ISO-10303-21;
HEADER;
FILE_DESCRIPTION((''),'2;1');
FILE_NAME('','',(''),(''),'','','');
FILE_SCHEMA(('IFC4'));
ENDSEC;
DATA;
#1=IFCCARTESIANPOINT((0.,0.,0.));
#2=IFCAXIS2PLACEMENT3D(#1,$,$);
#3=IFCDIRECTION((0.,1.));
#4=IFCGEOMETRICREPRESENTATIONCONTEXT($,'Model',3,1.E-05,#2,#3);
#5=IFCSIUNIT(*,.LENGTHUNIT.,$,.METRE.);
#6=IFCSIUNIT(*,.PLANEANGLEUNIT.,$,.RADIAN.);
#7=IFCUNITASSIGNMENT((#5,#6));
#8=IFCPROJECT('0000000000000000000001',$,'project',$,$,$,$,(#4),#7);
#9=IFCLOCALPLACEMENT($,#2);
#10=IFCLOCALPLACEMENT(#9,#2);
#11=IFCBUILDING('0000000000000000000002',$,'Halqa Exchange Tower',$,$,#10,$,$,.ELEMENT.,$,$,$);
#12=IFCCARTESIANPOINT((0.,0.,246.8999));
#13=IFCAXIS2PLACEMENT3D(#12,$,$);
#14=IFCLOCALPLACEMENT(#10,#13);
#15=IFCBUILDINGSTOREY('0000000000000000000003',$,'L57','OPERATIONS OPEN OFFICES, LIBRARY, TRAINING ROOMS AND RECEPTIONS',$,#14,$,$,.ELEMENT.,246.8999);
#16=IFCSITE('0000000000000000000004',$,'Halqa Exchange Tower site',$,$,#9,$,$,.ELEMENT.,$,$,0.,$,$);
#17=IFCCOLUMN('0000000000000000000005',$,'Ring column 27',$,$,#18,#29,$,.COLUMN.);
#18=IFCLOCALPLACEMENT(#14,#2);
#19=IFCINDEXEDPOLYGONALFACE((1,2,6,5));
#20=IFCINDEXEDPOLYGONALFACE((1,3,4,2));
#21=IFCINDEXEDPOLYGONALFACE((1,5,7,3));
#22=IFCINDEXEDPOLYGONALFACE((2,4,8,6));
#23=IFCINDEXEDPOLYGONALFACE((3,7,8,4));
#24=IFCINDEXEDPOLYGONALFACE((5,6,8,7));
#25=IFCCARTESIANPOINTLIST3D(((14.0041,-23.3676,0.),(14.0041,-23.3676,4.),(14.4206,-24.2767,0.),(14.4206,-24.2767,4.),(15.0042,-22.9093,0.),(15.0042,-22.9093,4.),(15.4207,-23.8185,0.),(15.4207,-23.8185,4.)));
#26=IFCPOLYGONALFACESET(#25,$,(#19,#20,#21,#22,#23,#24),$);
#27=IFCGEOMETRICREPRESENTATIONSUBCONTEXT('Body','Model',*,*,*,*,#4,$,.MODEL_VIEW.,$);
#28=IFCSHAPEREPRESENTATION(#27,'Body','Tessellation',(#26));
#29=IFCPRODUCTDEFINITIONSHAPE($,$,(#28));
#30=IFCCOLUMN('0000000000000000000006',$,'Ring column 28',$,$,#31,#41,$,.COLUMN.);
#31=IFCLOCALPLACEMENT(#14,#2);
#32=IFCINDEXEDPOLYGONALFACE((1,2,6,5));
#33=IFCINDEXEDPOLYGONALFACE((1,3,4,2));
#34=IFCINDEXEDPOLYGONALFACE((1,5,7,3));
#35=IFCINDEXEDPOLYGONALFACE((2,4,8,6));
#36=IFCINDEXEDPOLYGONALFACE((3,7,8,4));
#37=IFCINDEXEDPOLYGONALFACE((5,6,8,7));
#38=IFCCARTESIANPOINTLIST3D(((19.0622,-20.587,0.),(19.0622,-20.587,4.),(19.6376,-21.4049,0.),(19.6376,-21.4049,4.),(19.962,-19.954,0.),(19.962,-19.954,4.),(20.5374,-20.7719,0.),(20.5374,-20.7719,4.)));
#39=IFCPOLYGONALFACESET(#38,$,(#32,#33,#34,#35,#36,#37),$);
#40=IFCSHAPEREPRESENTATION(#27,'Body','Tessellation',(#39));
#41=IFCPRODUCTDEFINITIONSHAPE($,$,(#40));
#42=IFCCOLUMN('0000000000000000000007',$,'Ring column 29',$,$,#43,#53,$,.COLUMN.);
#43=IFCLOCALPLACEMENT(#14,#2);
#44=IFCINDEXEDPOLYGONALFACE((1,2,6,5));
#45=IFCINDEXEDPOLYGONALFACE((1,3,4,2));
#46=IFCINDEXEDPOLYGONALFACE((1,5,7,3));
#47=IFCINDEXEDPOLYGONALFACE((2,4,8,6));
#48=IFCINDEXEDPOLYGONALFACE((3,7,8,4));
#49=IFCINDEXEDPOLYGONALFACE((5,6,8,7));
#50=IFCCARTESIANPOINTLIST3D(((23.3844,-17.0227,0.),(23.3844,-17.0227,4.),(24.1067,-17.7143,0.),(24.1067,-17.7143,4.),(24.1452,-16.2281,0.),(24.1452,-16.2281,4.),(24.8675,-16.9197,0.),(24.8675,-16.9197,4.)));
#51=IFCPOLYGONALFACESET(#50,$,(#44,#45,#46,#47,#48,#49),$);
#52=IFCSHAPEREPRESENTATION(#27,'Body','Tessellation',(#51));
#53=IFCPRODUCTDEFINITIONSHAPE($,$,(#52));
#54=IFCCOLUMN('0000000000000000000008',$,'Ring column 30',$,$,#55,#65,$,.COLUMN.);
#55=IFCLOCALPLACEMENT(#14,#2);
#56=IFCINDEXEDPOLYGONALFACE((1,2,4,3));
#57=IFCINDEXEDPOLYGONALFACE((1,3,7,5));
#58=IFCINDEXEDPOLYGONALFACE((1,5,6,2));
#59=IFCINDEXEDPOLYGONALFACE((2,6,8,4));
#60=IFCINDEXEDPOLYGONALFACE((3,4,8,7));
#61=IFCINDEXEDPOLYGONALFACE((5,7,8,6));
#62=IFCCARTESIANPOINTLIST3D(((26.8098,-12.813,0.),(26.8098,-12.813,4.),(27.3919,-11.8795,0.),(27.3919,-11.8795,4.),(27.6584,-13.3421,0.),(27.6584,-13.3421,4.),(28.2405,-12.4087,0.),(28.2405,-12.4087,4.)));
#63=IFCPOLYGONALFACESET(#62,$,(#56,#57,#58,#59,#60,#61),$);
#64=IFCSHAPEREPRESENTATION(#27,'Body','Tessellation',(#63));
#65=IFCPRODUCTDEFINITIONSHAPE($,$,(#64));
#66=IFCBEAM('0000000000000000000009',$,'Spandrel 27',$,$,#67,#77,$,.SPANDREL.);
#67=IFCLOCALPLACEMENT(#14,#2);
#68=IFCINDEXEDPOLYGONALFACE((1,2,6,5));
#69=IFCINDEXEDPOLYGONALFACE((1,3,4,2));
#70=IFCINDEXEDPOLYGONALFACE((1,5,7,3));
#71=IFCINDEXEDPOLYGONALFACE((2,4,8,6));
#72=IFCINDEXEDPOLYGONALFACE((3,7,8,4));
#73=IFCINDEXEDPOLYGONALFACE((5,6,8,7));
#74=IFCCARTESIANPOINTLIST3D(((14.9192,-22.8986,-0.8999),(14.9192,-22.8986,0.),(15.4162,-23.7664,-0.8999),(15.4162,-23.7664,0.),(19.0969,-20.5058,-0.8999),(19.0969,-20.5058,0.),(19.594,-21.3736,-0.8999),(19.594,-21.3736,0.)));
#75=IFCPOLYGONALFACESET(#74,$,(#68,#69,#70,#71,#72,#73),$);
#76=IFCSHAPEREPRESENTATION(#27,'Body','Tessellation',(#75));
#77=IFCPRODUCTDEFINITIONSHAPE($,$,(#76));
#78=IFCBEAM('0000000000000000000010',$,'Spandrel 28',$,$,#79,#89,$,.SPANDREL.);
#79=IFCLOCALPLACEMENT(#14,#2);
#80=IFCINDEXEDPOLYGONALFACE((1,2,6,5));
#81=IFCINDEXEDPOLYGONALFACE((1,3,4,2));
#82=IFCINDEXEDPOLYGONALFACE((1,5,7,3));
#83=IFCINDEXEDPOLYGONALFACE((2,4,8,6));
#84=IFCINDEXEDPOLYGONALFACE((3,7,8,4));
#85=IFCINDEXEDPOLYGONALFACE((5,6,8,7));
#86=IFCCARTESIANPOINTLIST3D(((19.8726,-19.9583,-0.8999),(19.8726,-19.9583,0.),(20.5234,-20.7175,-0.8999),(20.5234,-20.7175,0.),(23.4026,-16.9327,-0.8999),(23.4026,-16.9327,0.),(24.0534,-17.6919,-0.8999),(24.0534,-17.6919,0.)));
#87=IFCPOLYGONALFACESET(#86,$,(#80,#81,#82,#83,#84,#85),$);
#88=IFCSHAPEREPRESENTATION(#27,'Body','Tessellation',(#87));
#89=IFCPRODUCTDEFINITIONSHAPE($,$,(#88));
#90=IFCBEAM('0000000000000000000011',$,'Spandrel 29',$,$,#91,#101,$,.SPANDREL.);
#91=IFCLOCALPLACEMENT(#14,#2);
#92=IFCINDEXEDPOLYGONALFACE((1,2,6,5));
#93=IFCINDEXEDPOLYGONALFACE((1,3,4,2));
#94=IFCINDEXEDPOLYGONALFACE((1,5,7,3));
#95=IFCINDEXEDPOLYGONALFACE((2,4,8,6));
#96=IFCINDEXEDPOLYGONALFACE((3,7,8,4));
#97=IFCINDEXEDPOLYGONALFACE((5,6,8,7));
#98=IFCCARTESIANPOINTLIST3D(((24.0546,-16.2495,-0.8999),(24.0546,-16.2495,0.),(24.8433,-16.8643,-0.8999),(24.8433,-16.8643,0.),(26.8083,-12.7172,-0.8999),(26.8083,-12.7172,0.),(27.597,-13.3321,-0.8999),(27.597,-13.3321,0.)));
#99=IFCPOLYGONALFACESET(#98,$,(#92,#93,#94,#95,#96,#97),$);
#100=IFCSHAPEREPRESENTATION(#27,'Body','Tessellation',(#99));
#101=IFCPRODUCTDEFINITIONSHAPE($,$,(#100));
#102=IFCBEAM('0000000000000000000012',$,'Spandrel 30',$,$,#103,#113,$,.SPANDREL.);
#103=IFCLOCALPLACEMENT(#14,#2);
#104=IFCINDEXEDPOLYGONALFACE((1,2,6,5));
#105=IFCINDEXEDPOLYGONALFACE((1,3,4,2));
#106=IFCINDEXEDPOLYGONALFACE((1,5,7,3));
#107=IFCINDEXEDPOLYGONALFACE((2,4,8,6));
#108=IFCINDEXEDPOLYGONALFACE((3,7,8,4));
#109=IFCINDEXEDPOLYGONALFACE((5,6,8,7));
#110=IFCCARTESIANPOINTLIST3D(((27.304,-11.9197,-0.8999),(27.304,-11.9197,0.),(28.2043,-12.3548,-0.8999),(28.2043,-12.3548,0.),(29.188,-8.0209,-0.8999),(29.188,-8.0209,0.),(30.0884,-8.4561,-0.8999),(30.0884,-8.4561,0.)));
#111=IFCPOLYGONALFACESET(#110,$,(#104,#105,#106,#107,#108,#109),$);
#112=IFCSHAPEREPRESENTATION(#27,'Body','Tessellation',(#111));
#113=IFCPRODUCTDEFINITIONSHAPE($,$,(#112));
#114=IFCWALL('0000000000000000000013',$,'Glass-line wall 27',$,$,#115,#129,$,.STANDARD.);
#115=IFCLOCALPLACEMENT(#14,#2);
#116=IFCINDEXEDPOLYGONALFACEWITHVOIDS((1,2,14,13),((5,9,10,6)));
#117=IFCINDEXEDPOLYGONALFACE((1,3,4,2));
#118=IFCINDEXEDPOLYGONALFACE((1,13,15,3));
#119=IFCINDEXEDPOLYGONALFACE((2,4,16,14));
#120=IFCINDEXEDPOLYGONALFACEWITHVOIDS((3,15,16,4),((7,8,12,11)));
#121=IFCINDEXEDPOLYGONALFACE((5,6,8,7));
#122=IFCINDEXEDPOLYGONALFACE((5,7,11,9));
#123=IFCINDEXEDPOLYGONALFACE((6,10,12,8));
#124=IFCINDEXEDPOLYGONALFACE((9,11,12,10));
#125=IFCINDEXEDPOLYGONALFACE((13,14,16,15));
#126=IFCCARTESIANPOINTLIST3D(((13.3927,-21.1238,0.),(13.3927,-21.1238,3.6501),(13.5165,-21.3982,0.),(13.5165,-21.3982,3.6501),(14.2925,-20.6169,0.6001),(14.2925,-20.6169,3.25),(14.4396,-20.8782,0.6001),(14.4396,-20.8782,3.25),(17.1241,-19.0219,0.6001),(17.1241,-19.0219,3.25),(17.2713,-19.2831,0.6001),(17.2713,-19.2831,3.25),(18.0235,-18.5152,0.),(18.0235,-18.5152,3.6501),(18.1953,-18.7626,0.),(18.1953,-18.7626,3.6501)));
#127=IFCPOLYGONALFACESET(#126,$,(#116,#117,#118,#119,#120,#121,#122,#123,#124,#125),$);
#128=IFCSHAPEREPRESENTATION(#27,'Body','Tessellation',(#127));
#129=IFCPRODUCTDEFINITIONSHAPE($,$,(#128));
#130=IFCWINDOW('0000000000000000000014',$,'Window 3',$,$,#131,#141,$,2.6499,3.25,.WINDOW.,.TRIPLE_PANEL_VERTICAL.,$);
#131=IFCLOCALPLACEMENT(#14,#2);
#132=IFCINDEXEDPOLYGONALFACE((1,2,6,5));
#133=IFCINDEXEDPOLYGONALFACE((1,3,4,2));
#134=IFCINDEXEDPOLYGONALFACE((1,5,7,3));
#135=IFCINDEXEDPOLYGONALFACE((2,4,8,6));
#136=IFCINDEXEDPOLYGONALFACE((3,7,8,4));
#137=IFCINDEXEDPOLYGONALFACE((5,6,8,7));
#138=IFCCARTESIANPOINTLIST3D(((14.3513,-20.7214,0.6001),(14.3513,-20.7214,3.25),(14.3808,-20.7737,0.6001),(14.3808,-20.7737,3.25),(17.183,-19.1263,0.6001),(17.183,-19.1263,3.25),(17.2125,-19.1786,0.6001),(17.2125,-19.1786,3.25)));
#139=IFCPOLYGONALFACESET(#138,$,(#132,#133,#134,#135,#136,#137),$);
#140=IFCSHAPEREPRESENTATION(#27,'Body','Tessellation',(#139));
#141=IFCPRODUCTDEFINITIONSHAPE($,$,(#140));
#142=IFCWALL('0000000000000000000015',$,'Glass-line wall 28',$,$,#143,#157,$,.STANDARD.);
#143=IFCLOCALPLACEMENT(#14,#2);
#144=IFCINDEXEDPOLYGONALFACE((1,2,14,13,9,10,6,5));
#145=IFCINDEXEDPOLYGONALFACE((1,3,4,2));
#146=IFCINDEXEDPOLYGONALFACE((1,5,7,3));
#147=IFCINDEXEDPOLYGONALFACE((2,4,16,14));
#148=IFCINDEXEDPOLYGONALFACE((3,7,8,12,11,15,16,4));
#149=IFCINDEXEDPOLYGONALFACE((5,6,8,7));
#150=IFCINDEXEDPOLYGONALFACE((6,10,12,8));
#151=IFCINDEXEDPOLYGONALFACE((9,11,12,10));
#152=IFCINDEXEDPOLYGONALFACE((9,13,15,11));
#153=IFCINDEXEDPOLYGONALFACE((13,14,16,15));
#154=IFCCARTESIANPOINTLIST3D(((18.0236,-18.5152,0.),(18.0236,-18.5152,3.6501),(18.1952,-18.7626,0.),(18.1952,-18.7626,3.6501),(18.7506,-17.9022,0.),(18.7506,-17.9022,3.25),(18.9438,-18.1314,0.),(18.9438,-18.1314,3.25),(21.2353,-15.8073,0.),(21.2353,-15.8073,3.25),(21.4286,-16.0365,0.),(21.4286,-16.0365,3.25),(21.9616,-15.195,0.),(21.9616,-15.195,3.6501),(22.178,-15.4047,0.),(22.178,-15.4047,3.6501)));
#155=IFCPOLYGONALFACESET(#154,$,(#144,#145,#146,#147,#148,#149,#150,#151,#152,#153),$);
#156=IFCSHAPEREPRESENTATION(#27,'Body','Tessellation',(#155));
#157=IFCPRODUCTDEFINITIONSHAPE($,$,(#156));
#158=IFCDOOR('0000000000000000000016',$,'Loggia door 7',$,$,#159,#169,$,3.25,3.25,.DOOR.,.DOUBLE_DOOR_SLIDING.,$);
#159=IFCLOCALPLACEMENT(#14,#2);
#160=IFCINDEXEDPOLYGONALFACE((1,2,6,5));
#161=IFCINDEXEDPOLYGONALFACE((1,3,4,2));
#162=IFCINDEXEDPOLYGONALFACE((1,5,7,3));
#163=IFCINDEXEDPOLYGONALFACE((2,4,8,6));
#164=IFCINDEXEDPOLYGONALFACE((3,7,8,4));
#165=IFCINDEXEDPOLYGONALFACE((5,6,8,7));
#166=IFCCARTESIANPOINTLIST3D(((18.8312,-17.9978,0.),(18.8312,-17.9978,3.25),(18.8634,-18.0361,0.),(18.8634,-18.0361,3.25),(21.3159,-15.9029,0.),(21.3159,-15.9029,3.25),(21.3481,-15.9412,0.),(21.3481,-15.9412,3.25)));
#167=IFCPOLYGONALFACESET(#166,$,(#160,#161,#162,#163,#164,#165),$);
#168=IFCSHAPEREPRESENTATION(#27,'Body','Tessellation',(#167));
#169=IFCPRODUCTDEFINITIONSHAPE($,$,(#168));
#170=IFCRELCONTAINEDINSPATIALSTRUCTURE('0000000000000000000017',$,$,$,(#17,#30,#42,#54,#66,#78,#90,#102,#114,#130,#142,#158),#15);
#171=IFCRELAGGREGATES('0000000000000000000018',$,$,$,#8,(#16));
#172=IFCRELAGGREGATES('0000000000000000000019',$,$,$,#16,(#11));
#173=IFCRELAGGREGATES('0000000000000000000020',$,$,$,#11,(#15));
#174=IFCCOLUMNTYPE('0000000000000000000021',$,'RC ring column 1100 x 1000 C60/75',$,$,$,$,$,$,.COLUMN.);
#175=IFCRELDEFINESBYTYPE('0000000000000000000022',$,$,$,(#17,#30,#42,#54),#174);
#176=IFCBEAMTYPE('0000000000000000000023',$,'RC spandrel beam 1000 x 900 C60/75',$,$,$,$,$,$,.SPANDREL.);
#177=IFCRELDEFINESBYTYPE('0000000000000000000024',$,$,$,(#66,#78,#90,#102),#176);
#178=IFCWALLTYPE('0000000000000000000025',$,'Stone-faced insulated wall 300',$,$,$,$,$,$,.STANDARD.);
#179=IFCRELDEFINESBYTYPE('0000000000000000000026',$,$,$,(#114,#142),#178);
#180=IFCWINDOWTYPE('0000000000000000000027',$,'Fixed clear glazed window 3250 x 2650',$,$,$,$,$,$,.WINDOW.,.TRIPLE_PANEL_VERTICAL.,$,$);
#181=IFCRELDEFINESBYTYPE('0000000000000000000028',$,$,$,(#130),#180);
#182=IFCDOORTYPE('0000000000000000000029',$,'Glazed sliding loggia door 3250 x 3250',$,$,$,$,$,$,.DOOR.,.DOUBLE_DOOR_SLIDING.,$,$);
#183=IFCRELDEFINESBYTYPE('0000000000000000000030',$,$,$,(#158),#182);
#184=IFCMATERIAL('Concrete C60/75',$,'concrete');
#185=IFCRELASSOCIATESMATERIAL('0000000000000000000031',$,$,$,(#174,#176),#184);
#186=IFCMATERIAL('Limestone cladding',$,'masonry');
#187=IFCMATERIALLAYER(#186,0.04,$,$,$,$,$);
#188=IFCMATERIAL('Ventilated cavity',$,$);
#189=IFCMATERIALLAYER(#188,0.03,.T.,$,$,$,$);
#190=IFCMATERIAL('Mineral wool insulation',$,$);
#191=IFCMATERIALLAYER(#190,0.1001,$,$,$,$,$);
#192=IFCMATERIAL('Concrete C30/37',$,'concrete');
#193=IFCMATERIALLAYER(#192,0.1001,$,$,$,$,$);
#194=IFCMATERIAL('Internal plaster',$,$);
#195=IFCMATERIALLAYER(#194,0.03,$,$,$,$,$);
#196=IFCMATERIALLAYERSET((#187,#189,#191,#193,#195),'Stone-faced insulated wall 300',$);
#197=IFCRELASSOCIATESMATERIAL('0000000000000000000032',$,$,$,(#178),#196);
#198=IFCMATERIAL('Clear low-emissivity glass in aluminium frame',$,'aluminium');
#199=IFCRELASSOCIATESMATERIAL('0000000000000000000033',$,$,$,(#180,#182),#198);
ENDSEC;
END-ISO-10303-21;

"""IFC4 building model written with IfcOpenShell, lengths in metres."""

from ifc_helpers import new_model, si_unit, direction, frame, frame_2d, origin, origin_2d, place, context, subcontext, project, spatial, polyline, rectangle, outline, extrude, material, layer, layer_set, material_profile, profile_set, type_object, element, fill, save


model = new_model("IFC4")

# Units and contexts
model_context = context("Model", 3, precision=1e-05, world=origin(), true_north=direction((0.0, 1.0)))
body_context = subcontext(model_context, "Body", "Model", "MODEL_VIEW")
ifc_project = project(units=[si_unit("LENGTHUNIT", "METRE"), si_unit("PLANEANGLEUNIT", "RADIAN")], contexts=[model_context])

# Site, building, storey
site_placement = place(None, origin())
site = spatial("IfcSite", under=ifc_project, at=site_placement, Name="Halqa Exchange Tower site", CompositionType="ELEMENT", RefElevation=0.0)
building_placement = place(site_placement, origin())
building = spatial("IfcBuilding", under=site, at=building_placement, Name="Halqa Exchange Tower", CompositionType="ELEMENT")
storey_placement = place(building_placement, frame((0.0, 0.0, 246.8999)))
storey = spatial("IfcBuildingStorey", under=building, at=storey_placement, Name="L57", Description="OPERATIONS OPEN OFFICES, LIBRARY, TRAINING ROOMS AND RECEPTIONS", CompositionType="ELEMENT", Elevation=246.8999)

# Columns
ifc_material_1 = material(Name="Concrete C60/75", Category="concrete")
ifc_material_profile_1 = material_profile(ifc_material_1, rectangle(XDim=1.1001, YDim=1.0, at=origin_2d()), Name="1100 x 1000")
ifc_profile_set_1 = profile_set([ifc_material_profile_1], Name="Concrete C60/75")
column_type = type_object("IfcColumnType", Name="RC ring column 1100 x 1000 C60/75", PredefinedType="COLUMN", material=ifc_profile_set_1)
for number, where, z_axis, x_axis, name in (
    (1, (14.7124, -23.593, 0.0), (0.0, 0.0, 1.0), (0.909126, 0.416522, 0.0), "Ring column 27"),
    (2, (19.7998, -20.6794, 0.0), (0.0, 0.0, 1.0), (0.817905, 0.575354, 0.0), "Ring column 28"),
    (3, (24.126, -16.9712, 0.0), (0.0, 0.0, 1.0), (0.691579, 0.722301, 0.0), "Ring column 29"),
    (4, (27.5251, -12.6108, 0.0), (0.0, 0.0, 1.0), (0.529148, 0.84853, 0.0), "Ring column 30"),
):
    element("IfcColumn", number, at=place(storey_placement, frame(where, z_axis=z_axis, x_axis=x_axis)), inside=storey, type_object=column_type, Name=name, PredefinedType="COLUMN", context=body_context, shape_type="SweptSolid", body=[
        extrude(rectangle(XDim=1.1001, YDim=1.0, at=origin_2d()), origin(), (0.0, 0.0, 1.0), 4.0),
    ])

# Beams
ifc_material_profile_2 = material_profile(ifc_material_1, rectangle(XDim=1.0, YDim=0.8999, at=origin_2d()), Name="1000 x 900")
ifc_profile_set_2 = profile_set([ifc_material_profile_2], Name="Concrete C60/75")
beam_type = type_object("IfcBeamType", Name="RC spandrel beam 1000 x 900 C60/75", PredefinedType="SPANDREL", material=ifc_profile_set_2)
beam_1_placement = place(storey_placement, frame((15.1677, -23.3325, -0.45), z_axis=(0.867747, 0.497007, 0.0), x_axis=(-0.497007, 0.867747, 0.0)))
element("IfcBeam", 5, at=beam_1_placement, inside=storey, type_object=beam_type, Name="Spandrel 27", PredefinedType="SPANDREL", context=body_context, shape_type="SweptSolid", body=[
    extrude(rectangle(XDim=1.0, YDim=0.8999, at=origin_2d()), origin(), (0.0, 0.0, 1.0), 4.8145),
])
beam_2_placement = place(storey_placement, frame((20.198, -20.3379, -0.45), z_axis=(0.759268, 0.650778, 0.0), x_axis=(-0.650778, 0.759268, 0.0)))
element("IfcBeam", 6, at=beam_2_placement, inside=storey, type_object=beam_type, Name="Spandrel 28", PredefinedType="SPANDREL", context=body_context, shape_type="SweptSolid", body=[
    extrude(rectangle(XDim=1.0, YDim=0.8999, at=origin_2d()), origin(), (0.0, 0.0, 1.0), 4.6492),
])
beam_3_placement = place(storey_placement, frame((24.449, -16.5569, -0.45), z_axis=(0.614827, 0.788662, 0.0), x_axis=(-0.788662, 0.614827, 0.0)))
element("IfcBeam", 7, at=beam_3_placement, inside=storey, type_object=beam_type, Name="Spandrel 29", PredefinedType="SPANDREL", context=body_context, shape_type="SweptSolid", body=[
    extrude(rectangle(XDim=1.0, YDim=0.8999, at=origin_2d()), origin(), (0.0, 0.0, 1.0), 4.4788),
])
beam_4_placement = place(storey_placement, frame((27.7542, -12.1372, -0.45), z_axis=(0.435107, 0.900379, 0.0), x_axis=(-0.900379, 0.435107, 0.0)))
element("IfcBeam", 8, at=beam_4_placement, inside=storey, type_object=beam_type, Name="Spandrel 30", PredefinedType="SPANDREL", context=body_context, shape_type="SweptSolid", body=[
    extrude(rectangle(XDim=1.0, YDim=0.8999, at=origin_2d()), origin(), (0.0, 0.0, 1.0), 4.3301),
])

# Wall, opening, window
ifc_material_2 = material(Name="Limestone cladding", Category="masonry")
ifc_layer_1 = layer(ifc_material_2, 0.04)
ifc_material_3 = material(Name="Ventilated cavity")
ifc_layer_2 = layer(ifc_material_3, 0.03, ventilated=True)
ifc_material_4 = material(Name="Mineral wool insulation")
ifc_layer_3 = layer(ifc_material_4, 0.1001)
ifc_material_5 = material(Name="Concrete C30/37", Category="concrete")
ifc_layer_4 = layer(ifc_material_5, 0.1001)
ifc_material_6 = material(Name="Internal plaster")
ifc_layer_5 = layer(ifc_material_6, 0.03)
ifc_layer_set_1 = layer_set([ifc_layer_1, ifc_layer_2, ifc_layer_3, ifc_layer_4, ifc_layer_5], Name="Stone-faced insulated wall 300")
wall_type_1 = type_object("IfcWallType", Name="Stone-faced insulated wall 300", PredefinedType="STANDARD", material=ifc_layer_set_1)
wall_1_placement = place(storey_placement, frame((13.4546, -21.261, 0.0), z_axis=(0.0, 0.0, 1.0), x_axis=(0.871275, 0.490795, 0.0)))
wall_1 = element("IfcWall", 9, at=wall_1_placement, inside=storey, type_object=wall_type_1, Name="Glass-line wall 27", PredefinedType="STANDARD", context=body_context, shape_type="SweptSolid", body=[
    extrude(outline(polyline([(-0.0134, -0.1499), (5.3567, -0.1499), (5.3284, 0.1499), (0.0134, 0.1499), (-0.0134, -0.1499)])), origin(), (0.0, 0.0, 1.0), 3.6501),
])
opening_1_placement = place(wall_1_placement, frame((1.0461, 0.0, 0.6001)))
opening_1 = element("IfcOpeningElement", 10, at=opening_1_placement, cuts=wall_1, PredefinedType="OPENING", context=body_context, shape_type="SweptSolid", body=[
    extrude(rectangle(XDim=3.25, YDim=2.6499, at=frame_2d((1.625, 1.325))), frame((0.0, 0.1621, 0.0), z_axis=(0.0, -1.0, 0.0), x_axis=(1.0, 0.0, 0.0)), (0.0, 0.0, 1.0), 0.324),
])
ifc_material_7 = material(Name="Clear low-emissivity glass in aluminium frame", Category="aluminium")
window_type = type_object("IfcWindowType", Name="Fixed clear glazed window 3250 x 2650", PartitioningType="TRIPLE_PANEL_VERTICAL", PredefinedType="WINDOW", material=ifc_material_7)
window_1_placement = place(opening_1_placement, origin())
window_1 = element("IfcWindow", 11, at=window_1_placement, inside=storey, type_object=window_type, Name="Window 3", OverallHeight=2.6499, OverallWidth=3.25, PartitioningType="TRIPLE_PANEL_VERTICAL", PredefinedType="WINDOW", context=body_context, shape_type="SweptSolid", body=[
    extrude(rectangle(XDim=3.25, YDim=2.6499, at=frame_2d((1.625, 1.325))), frame((0.0, 0.03, 0.0), z_axis=(0.0, -1.0, 0.0), x_axis=(1.0, 0.0, 0.0)), (0.0, 0.0, 1.0), 0.0601),
])
fill(opening_1, window_1)

# Wall, opening, door
wall_2_placement = place(storey_placement, frame((18.1094, -18.6389, 0.0), z_axis=(0.0, 0.0, 1.0), x_axis=(0.764531, 0.644587, 0.0)))
wall_2 = element("IfcWall", 12, at=wall_2_placement, inside=storey, type_object=wall_type_1, Name="Glass-line wall 28", PredefinedType="STANDARD", context=body_context, shape_type="SweptSolid", body=[
    extrude(outline(polyline([(-0.0142, -0.1499), (5.1953, -0.1499), (5.165, 0.1499), (0.0142, 0.1499), (-0.0142, -0.1499)])), origin(), (0.0, 0.0, 1.0), 3.6501),
])
opening_2_placement = place(wall_2_placement, frame((0.9651, 0.0, 0.0)))
opening_2 = element("IfcOpeningElement", 13, at=opening_2_placement, cuts=wall_2, PredefinedType="OPENING", context=body_context, shape_type="SweptSolid", body=[
    extrude(rectangle(XDim=3.25, YDim=3.25, at=frame_2d((1.625, 1.625))), frame((0.0, 0.1621, 0.0), z_axis=(0.0, -1.0, 0.0), x_axis=(1.0, 0.0, 0.0)), (0.0, 0.0, 1.0), 0.324),
])
door_type_1 = type_object("IfcDoorType", Name="Glazed sliding loggia door 3250 x 3250", OperationType="DOUBLE_DOOR_SLIDING", PredefinedType="DOOR", material=ifc_material_7)
door_1_placement = place(opening_2_placement, origin())
door_1 = element("IfcDoor", 14, at=door_1_placement, inside=storey, type_object=door_type_1, Name="Loggia door 7", OperationType="DOUBLE_DOOR_SLIDING", OverallHeight=3.25, OverallWidth=3.25, PredefinedType="DOOR", context=body_context, shape_type="SweptSolid", body=[
    extrude(rectangle(XDim=3.25, YDim=3.25, at=frame_2d((1.625, 1.625))), frame((0.0, 0.0249, 0.0), z_axis=(0.0, -1.0, 0.0), x_axis=(1.0, 0.0, 0.0)), (0.0, 0.0, 1.0), 0.05),
])
fill(opening_2, door_1)

save(model, "model.ifc")
